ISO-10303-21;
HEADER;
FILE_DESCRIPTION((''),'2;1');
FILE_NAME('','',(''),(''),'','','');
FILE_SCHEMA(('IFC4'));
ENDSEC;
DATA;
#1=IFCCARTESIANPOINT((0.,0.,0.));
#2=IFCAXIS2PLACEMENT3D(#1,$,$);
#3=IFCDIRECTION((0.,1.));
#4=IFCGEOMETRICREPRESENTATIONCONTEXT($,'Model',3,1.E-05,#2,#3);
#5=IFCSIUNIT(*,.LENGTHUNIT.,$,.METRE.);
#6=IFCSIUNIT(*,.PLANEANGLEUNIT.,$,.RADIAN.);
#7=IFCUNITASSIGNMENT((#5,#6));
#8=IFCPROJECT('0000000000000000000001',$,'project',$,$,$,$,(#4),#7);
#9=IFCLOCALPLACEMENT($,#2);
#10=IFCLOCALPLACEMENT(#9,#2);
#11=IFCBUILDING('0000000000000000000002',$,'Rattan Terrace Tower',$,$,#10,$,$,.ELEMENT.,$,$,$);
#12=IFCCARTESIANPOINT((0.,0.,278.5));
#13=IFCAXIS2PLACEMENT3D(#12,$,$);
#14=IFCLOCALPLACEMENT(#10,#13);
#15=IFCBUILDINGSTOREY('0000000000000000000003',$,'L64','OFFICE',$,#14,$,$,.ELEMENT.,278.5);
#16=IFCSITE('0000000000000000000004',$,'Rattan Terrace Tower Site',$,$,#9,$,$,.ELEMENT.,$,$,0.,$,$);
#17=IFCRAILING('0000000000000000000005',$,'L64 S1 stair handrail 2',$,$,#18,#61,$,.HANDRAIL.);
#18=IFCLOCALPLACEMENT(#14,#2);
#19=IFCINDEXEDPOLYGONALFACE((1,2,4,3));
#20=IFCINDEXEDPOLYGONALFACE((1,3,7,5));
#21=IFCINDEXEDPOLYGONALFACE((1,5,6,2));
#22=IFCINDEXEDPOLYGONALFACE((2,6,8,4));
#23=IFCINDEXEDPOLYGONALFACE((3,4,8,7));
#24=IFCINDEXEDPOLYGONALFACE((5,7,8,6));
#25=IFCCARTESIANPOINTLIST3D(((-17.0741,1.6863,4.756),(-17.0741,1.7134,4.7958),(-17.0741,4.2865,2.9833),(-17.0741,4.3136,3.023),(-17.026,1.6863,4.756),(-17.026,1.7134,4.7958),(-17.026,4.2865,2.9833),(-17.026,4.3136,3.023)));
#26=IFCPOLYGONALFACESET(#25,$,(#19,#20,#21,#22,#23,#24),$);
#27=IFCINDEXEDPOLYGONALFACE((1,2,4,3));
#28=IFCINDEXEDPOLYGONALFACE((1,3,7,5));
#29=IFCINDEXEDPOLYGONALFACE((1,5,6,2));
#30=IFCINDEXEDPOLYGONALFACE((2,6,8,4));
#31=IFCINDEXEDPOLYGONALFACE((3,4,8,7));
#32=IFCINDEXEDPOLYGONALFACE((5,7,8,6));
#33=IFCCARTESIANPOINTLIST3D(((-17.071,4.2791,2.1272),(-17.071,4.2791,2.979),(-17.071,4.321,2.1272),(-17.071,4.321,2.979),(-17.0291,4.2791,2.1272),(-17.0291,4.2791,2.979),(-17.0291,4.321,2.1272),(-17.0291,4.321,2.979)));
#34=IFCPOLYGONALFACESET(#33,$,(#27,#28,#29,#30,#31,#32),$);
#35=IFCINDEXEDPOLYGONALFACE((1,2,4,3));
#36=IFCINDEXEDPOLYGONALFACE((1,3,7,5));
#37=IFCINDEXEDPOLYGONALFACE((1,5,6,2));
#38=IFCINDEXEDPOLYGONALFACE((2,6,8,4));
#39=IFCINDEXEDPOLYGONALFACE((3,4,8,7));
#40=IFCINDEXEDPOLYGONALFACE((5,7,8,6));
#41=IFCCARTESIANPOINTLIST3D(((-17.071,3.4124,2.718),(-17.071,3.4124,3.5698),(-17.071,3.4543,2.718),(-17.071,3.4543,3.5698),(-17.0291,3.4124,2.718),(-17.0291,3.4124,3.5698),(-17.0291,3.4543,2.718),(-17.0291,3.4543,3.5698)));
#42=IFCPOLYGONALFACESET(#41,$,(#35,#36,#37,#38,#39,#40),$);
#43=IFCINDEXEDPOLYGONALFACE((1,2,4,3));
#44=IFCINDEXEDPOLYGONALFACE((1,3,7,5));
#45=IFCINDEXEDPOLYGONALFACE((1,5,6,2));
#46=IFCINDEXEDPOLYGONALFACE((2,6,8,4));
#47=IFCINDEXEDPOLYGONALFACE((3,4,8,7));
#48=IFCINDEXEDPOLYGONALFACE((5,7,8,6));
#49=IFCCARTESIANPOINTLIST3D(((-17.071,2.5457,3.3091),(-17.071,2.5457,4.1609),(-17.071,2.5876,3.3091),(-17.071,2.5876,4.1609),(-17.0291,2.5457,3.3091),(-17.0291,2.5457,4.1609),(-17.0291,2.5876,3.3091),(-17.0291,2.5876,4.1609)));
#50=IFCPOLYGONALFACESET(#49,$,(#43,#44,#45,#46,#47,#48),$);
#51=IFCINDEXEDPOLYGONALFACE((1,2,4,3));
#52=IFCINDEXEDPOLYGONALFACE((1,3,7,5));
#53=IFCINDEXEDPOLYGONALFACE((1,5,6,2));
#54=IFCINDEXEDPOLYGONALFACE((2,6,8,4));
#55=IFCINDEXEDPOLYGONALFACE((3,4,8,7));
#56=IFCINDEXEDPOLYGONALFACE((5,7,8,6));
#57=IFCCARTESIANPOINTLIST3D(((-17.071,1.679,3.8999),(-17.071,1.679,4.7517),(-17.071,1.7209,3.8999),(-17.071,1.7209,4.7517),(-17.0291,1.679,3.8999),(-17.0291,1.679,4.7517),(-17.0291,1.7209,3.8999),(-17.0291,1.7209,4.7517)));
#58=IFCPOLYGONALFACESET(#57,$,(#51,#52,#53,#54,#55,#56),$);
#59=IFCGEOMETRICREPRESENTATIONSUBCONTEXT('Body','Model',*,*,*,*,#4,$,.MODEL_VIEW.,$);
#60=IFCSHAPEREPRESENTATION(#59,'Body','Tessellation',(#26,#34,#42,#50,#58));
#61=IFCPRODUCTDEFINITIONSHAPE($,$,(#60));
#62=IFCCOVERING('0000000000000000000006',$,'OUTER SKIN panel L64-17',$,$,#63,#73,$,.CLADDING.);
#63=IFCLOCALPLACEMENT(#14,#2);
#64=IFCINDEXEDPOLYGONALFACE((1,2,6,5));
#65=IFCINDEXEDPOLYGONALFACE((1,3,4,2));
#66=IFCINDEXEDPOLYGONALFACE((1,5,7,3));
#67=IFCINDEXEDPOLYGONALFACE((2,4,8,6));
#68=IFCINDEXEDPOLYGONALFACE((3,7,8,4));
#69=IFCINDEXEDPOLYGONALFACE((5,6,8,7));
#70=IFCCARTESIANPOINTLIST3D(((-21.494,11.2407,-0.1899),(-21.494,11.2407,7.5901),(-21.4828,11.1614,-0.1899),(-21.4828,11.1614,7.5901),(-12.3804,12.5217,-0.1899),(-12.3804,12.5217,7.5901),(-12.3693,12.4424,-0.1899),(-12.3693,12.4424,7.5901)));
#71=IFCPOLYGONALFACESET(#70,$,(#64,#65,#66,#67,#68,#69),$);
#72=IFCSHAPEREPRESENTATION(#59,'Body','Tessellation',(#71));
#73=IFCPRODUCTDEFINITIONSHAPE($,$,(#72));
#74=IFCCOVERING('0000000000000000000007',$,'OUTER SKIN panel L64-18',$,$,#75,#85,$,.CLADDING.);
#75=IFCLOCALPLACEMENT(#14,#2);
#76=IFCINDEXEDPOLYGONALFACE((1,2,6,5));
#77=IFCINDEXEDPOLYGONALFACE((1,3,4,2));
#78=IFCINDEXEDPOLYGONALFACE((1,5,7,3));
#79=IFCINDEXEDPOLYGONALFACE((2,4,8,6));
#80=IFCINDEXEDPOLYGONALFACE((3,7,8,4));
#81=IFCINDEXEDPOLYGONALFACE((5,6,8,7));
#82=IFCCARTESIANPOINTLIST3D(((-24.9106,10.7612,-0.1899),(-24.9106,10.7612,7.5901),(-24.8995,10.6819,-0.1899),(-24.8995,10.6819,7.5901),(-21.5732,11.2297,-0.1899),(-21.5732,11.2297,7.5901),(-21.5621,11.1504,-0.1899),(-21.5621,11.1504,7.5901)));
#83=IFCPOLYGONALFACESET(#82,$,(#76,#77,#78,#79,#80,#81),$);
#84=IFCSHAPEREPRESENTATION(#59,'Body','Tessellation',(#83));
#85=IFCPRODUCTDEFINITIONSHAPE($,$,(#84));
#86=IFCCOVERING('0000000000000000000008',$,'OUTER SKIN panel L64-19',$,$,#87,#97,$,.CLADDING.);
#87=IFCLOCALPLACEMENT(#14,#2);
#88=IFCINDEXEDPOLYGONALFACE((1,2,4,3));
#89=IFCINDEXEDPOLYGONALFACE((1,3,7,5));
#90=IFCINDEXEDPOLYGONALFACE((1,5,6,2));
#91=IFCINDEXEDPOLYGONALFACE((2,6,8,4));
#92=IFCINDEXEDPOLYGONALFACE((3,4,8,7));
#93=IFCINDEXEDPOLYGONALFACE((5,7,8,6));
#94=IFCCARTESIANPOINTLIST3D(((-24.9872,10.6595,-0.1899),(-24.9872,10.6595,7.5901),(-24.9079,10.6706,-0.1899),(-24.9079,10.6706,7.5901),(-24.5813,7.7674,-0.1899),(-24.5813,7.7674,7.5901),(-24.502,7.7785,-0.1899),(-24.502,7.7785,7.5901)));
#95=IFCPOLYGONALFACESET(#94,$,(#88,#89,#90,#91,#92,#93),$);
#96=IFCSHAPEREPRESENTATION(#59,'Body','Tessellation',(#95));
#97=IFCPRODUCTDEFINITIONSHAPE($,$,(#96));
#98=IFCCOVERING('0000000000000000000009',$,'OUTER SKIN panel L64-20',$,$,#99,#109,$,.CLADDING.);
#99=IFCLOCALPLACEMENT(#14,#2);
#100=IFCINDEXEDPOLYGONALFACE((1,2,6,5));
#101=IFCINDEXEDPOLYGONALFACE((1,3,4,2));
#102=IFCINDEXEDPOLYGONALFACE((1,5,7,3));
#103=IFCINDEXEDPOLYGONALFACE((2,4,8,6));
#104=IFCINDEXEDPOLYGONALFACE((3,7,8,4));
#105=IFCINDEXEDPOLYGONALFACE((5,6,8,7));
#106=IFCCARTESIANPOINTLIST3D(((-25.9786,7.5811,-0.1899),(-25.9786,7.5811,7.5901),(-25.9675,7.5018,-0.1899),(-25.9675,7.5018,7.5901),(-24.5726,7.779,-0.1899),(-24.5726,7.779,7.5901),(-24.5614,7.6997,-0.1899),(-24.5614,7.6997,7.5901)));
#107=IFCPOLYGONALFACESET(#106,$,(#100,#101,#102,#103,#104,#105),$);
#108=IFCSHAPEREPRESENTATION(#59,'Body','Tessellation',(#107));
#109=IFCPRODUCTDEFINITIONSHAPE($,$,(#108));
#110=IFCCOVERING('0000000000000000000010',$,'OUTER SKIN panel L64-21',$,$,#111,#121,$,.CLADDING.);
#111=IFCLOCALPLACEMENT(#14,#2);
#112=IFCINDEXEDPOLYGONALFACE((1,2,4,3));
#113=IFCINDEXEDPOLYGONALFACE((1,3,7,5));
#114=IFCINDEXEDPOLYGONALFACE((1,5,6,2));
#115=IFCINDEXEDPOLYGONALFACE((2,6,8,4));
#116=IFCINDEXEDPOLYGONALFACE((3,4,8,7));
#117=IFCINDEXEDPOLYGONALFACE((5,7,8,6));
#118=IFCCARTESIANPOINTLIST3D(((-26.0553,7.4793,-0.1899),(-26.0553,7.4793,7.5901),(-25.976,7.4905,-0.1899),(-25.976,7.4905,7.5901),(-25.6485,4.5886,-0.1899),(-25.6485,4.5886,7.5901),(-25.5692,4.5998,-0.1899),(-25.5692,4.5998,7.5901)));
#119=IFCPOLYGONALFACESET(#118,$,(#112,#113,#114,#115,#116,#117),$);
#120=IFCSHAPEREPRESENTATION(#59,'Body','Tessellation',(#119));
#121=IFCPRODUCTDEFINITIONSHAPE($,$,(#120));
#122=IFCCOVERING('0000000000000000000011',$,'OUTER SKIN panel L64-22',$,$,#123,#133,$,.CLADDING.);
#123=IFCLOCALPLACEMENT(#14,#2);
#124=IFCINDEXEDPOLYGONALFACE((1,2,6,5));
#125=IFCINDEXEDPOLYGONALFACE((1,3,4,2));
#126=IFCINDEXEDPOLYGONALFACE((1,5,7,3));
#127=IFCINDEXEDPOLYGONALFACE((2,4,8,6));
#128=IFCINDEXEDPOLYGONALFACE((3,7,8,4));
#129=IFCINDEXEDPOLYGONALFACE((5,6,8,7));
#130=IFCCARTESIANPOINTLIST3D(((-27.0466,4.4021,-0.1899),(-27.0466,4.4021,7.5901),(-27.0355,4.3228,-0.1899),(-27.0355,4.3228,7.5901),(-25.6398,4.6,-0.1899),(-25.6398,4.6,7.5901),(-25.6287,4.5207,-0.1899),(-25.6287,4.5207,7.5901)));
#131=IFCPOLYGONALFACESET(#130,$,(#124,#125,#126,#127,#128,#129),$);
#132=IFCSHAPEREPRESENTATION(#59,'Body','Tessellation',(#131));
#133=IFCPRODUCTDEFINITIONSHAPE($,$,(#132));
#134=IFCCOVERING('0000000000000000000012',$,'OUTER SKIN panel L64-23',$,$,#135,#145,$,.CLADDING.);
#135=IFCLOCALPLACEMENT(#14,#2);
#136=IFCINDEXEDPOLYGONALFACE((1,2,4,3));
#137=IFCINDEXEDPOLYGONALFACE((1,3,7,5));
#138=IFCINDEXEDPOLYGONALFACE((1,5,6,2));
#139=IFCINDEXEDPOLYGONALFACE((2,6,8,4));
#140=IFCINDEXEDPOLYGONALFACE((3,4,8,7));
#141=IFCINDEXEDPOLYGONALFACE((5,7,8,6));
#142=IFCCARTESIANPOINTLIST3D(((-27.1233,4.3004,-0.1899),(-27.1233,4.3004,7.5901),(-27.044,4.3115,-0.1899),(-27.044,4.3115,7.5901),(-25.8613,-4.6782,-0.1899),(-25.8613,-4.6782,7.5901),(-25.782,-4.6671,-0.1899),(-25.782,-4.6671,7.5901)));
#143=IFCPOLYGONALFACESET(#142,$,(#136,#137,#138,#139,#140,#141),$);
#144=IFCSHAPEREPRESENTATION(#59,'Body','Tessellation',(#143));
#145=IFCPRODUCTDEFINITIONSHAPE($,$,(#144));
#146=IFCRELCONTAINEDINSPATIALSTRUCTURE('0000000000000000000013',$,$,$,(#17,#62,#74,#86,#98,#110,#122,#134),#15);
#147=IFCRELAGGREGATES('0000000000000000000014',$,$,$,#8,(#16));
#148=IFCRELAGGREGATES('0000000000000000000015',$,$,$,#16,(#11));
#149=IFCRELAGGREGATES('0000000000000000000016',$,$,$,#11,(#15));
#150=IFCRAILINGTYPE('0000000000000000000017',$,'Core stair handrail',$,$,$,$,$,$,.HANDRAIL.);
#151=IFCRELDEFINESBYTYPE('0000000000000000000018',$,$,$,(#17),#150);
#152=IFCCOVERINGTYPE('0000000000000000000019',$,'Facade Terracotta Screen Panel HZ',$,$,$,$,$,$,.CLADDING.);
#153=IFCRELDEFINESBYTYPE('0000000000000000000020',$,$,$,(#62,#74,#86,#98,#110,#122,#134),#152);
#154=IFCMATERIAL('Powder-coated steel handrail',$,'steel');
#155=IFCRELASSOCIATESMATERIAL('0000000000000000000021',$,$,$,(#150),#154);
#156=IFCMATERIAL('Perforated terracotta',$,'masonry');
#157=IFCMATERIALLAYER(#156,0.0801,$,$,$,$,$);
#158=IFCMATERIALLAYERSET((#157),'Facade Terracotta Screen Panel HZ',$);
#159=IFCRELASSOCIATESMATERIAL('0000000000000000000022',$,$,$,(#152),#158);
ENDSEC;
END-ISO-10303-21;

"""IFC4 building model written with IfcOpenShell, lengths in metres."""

from ifc_helpers import new_model, si_unit, direction, frame, origin, origin_2d, place, context, subcontext, project, spatial, rectangle, extrude, material, layer, layer_set, type_object, element, save


model = new_model("IFC4")

# Units and contexts
model_context = context("Model", 3, precision=1e-05, world=origin(), true_north=direction((0.0, 1.0)))
body_context = subcontext(model_context, "Body", "Model", "MODEL_VIEW")
ifc_project = project(units=[si_unit("LENGTHUNIT", "METRE"), si_unit("PLANEANGLEUNIT", "RADIAN")], contexts=[model_context])

# Site, building, storey
site_placement = place(None, origin())
site = spatial("IfcSite", under=ifc_project, at=site_placement, Name="Rattan Terrace Tower Site", CompositionType="ELEMENT", RefElevation=0.0)
building_placement = place(site_placement, origin())
building = spatial("IfcBuilding", under=site, at=building_placement, Name="Rattan Terrace Tower", CompositionType="ELEMENT")
storey_placement = place(building_placement, frame((0.0, 0.0, 278.5)))
storey = spatial("IfcBuildingStorey", under=building, at=storey_placement, Name="L64", Description="OFFICE", CompositionType="ELEMENT", Elevation=278.5)

# Railing
ifc_material_1 = material(Name="Powder-coated steel handrail", Category="steel")
railing_type_1 = type_object("IfcRailingType", Name="Core stair handrail", PredefinedType="HANDRAIL", material=ifc_material_1)
railing_1_placement = place(storey_placement, frame((-17.05, 4.3, 2.1272)))
element("IfcRailing", 1, at=railing_1_placement, inside=storey, type_object=railing_type_1, Name="L64 S1 stair handrail 2", PredefinedType="HANDRAIL", context=body_context, shape_type="SweptSolid", body=[
    extrude(rectangle(XDim=0.0481, YDim=0.0481, at=origin_2d()), frame((0.0, 0.0, 0.876), z_axis=(0.0, -0.82624, 0.563318), x_axis=(1.0, 0.0, 0.0)), (0.0, 0.0, 1.0), 3.147),
    extrude(rectangle(XDim=0.042, YDim=0.042, at=origin_2d()), origin(), (0.0, 0.0, 1.0), 0.8518),
    extrude(rectangle(XDim=0.042, YDim=0.042, at=origin_2d()), frame((0.0, -0.8667, 0.5908)), (0.0, 0.0, 1.0), 0.8518),
    extrude(rectangle(XDim=0.042, YDim=0.042, at=origin_2d()), frame((0.0, -1.7334, 1.1819)), (0.0, 0.0, 1.0), 0.8518),
    extrude(rectangle(XDim=0.042, YDim=0.042, at=origin_2d()), frame((0.0, -2.6001, 1.7727)), (0.0, 0.0, 1.0), 0.8518),
])

# Coverings
ifc_material_2 = material(Name="Perforated terracotta", Category="masonry")
ifc_layer_1 = layer(ifc_material_2, 0.0801)
ifc_layer_set_1 = layer_set([ifc_layer_1], Name="Facade Terracotta Screen Panel HZ")
covering_type = type_object("IfcCoveringType", Name="Facade Terracotta Screen Panel HZ", PredefinedType="CLADDING", material=ifc_layer_set_1)
covering_1_placement = place(storey_placement, frame((-16.9316, 11.8416, -0.1899), z_axis=(0.0, 0.0, 1.0), x_axis=(-0.990266, -0.139189, 0.0)))
element("IfcCovering", 2, at=covering_1_placement, inside=storey, type_object=covering_type, Name="OUTER SKIN panel L64-17", PredefinedType="CLADDING", context=body_context, shape_type="SweptSolid", body=[
    extrude(rectangle(XDim=9.2031, YDim=0.0801, at=origin_2d()), origin(), (0.0, 0.0, 1.0), 7.78),
])
covering_2_placement = place(storey_placement, frame((-23.2363, 10.9558, -0.1899), z_axis=(0.0, 0.0, 1.0), x_axis=(-0.990293, -0.138994, 0.0)))
element("IfcCovering", 3, at=covering_2_placement, inside=storey, type_object=covering_type, Name="OUTER SKIN panel L64-18", PredefinedType="CLADDING", context=body_context, shape_type="SweptSolid", body=[
    extrude(rectangle(XDim=3.3701, YDim=0.0801, at=origin_2d()), origin(), (0.0, 0.0, 1.0), 7.78),
])
covering_3_placement = place(storey_placement, frame((-24.7446, 9.219, -0.1899), z_axis=(0.0, 0.0, 1.0), x_axis=(0.138994, -0.990293, 0.0)))
element("IfcCovering", 4, at=covering_3_placement, inside=storey, type_object=covering_type, Name="OUTER SKIN panel L64-19", PredefinedType="CLADDING", context=body_context, shape_type="SweptSolid", body=[
    extrude(rectangle(XDim=2.9204, YDim=0.0801, at=origin_2d()), origin(), (0.0, 0.0, 1.0), 7.78),
])
covering_4_placement = place(storey_placement, frame((-25.27, 7.6404, -0.1899), z_axis=(0.0, 0.0, 1.0), x_axis=(-0.990241, -0.139367, 0.0)))
element("IfcCovering", 5, at=covering_4_placement, inside=storey, type_object=covering_type, Name="OUTER SKIN panel L64-20", PredefinedType="CLADDING", context=body_context, shape_type="SweptSolid", body=[
    extrude(rectangle(XDim=1.4199, YDim=0.0801, at=origin_2d()), origin(), (0.0, 0.0, 1.0), 7.78),
])
covering_5_placement = place(storey_placement, frame((-25.8123, 6.0396, -0.1899), z_axis=(0.0, 0.0, 1.0), x_axis=(0.139367, -0.990241, 0.0)))
element("IfcCovering", 6, at=covering_5_placement, inside=storey, type_object=covering_type, Name="OUTER SKIN panel L64-21", PredefinedType="CLADDING", context=body_context, shape_type="SweptSolid", body=[
    extrude(rectangle(XDim=2.9192, YDim=0.0801, at=origin_2d()), origin(), (0.0, 0.0, 1.0), 7.78),
])
covering_6_placement = place(storey_placement, frame((-26.3376, 4.4614, -0.1899), z_axis=(0.0, 0.0, 1.0), x_axis=(-0.990254, -0.139275, 0.0)))
element("IfcCovering", 7, at=covering_6_placement, inside=storey, type_object=covering_type, Name="OUTER SKIN panel L64-22", PredefinedType="CLADDING", context=body_context, shape_type="SweptSolid", body=[
    extrude(rectangle(XDim=1.4207, YDim=0.0801, at=origin_2d()), origin(), (0.0, 0.0, 1.0), 7.78),
])
covering_7_placement = place(storey_placement, frame((-26.4526, -0.1833, -0.1899), z_axis=(0.0, 0.0, 1.0), x_axis=(0.139192, -0.990265, 0.0)))
element("IfcCovering", 8, at=covering_7_placement, inside=storey, type_object=covering_type, Name="OUTER SKIN panel L64-23", PredefinedType="CLADDING", context=body_context, shape_type="SweptSolid", body=[
    extrude(rectangle(XDim=9.0669, YDim=0.0801, at=origin_2d()), origin(), (0.0, 0.0, 1.0), 7.78),
])

save(model, "model.ifc")
